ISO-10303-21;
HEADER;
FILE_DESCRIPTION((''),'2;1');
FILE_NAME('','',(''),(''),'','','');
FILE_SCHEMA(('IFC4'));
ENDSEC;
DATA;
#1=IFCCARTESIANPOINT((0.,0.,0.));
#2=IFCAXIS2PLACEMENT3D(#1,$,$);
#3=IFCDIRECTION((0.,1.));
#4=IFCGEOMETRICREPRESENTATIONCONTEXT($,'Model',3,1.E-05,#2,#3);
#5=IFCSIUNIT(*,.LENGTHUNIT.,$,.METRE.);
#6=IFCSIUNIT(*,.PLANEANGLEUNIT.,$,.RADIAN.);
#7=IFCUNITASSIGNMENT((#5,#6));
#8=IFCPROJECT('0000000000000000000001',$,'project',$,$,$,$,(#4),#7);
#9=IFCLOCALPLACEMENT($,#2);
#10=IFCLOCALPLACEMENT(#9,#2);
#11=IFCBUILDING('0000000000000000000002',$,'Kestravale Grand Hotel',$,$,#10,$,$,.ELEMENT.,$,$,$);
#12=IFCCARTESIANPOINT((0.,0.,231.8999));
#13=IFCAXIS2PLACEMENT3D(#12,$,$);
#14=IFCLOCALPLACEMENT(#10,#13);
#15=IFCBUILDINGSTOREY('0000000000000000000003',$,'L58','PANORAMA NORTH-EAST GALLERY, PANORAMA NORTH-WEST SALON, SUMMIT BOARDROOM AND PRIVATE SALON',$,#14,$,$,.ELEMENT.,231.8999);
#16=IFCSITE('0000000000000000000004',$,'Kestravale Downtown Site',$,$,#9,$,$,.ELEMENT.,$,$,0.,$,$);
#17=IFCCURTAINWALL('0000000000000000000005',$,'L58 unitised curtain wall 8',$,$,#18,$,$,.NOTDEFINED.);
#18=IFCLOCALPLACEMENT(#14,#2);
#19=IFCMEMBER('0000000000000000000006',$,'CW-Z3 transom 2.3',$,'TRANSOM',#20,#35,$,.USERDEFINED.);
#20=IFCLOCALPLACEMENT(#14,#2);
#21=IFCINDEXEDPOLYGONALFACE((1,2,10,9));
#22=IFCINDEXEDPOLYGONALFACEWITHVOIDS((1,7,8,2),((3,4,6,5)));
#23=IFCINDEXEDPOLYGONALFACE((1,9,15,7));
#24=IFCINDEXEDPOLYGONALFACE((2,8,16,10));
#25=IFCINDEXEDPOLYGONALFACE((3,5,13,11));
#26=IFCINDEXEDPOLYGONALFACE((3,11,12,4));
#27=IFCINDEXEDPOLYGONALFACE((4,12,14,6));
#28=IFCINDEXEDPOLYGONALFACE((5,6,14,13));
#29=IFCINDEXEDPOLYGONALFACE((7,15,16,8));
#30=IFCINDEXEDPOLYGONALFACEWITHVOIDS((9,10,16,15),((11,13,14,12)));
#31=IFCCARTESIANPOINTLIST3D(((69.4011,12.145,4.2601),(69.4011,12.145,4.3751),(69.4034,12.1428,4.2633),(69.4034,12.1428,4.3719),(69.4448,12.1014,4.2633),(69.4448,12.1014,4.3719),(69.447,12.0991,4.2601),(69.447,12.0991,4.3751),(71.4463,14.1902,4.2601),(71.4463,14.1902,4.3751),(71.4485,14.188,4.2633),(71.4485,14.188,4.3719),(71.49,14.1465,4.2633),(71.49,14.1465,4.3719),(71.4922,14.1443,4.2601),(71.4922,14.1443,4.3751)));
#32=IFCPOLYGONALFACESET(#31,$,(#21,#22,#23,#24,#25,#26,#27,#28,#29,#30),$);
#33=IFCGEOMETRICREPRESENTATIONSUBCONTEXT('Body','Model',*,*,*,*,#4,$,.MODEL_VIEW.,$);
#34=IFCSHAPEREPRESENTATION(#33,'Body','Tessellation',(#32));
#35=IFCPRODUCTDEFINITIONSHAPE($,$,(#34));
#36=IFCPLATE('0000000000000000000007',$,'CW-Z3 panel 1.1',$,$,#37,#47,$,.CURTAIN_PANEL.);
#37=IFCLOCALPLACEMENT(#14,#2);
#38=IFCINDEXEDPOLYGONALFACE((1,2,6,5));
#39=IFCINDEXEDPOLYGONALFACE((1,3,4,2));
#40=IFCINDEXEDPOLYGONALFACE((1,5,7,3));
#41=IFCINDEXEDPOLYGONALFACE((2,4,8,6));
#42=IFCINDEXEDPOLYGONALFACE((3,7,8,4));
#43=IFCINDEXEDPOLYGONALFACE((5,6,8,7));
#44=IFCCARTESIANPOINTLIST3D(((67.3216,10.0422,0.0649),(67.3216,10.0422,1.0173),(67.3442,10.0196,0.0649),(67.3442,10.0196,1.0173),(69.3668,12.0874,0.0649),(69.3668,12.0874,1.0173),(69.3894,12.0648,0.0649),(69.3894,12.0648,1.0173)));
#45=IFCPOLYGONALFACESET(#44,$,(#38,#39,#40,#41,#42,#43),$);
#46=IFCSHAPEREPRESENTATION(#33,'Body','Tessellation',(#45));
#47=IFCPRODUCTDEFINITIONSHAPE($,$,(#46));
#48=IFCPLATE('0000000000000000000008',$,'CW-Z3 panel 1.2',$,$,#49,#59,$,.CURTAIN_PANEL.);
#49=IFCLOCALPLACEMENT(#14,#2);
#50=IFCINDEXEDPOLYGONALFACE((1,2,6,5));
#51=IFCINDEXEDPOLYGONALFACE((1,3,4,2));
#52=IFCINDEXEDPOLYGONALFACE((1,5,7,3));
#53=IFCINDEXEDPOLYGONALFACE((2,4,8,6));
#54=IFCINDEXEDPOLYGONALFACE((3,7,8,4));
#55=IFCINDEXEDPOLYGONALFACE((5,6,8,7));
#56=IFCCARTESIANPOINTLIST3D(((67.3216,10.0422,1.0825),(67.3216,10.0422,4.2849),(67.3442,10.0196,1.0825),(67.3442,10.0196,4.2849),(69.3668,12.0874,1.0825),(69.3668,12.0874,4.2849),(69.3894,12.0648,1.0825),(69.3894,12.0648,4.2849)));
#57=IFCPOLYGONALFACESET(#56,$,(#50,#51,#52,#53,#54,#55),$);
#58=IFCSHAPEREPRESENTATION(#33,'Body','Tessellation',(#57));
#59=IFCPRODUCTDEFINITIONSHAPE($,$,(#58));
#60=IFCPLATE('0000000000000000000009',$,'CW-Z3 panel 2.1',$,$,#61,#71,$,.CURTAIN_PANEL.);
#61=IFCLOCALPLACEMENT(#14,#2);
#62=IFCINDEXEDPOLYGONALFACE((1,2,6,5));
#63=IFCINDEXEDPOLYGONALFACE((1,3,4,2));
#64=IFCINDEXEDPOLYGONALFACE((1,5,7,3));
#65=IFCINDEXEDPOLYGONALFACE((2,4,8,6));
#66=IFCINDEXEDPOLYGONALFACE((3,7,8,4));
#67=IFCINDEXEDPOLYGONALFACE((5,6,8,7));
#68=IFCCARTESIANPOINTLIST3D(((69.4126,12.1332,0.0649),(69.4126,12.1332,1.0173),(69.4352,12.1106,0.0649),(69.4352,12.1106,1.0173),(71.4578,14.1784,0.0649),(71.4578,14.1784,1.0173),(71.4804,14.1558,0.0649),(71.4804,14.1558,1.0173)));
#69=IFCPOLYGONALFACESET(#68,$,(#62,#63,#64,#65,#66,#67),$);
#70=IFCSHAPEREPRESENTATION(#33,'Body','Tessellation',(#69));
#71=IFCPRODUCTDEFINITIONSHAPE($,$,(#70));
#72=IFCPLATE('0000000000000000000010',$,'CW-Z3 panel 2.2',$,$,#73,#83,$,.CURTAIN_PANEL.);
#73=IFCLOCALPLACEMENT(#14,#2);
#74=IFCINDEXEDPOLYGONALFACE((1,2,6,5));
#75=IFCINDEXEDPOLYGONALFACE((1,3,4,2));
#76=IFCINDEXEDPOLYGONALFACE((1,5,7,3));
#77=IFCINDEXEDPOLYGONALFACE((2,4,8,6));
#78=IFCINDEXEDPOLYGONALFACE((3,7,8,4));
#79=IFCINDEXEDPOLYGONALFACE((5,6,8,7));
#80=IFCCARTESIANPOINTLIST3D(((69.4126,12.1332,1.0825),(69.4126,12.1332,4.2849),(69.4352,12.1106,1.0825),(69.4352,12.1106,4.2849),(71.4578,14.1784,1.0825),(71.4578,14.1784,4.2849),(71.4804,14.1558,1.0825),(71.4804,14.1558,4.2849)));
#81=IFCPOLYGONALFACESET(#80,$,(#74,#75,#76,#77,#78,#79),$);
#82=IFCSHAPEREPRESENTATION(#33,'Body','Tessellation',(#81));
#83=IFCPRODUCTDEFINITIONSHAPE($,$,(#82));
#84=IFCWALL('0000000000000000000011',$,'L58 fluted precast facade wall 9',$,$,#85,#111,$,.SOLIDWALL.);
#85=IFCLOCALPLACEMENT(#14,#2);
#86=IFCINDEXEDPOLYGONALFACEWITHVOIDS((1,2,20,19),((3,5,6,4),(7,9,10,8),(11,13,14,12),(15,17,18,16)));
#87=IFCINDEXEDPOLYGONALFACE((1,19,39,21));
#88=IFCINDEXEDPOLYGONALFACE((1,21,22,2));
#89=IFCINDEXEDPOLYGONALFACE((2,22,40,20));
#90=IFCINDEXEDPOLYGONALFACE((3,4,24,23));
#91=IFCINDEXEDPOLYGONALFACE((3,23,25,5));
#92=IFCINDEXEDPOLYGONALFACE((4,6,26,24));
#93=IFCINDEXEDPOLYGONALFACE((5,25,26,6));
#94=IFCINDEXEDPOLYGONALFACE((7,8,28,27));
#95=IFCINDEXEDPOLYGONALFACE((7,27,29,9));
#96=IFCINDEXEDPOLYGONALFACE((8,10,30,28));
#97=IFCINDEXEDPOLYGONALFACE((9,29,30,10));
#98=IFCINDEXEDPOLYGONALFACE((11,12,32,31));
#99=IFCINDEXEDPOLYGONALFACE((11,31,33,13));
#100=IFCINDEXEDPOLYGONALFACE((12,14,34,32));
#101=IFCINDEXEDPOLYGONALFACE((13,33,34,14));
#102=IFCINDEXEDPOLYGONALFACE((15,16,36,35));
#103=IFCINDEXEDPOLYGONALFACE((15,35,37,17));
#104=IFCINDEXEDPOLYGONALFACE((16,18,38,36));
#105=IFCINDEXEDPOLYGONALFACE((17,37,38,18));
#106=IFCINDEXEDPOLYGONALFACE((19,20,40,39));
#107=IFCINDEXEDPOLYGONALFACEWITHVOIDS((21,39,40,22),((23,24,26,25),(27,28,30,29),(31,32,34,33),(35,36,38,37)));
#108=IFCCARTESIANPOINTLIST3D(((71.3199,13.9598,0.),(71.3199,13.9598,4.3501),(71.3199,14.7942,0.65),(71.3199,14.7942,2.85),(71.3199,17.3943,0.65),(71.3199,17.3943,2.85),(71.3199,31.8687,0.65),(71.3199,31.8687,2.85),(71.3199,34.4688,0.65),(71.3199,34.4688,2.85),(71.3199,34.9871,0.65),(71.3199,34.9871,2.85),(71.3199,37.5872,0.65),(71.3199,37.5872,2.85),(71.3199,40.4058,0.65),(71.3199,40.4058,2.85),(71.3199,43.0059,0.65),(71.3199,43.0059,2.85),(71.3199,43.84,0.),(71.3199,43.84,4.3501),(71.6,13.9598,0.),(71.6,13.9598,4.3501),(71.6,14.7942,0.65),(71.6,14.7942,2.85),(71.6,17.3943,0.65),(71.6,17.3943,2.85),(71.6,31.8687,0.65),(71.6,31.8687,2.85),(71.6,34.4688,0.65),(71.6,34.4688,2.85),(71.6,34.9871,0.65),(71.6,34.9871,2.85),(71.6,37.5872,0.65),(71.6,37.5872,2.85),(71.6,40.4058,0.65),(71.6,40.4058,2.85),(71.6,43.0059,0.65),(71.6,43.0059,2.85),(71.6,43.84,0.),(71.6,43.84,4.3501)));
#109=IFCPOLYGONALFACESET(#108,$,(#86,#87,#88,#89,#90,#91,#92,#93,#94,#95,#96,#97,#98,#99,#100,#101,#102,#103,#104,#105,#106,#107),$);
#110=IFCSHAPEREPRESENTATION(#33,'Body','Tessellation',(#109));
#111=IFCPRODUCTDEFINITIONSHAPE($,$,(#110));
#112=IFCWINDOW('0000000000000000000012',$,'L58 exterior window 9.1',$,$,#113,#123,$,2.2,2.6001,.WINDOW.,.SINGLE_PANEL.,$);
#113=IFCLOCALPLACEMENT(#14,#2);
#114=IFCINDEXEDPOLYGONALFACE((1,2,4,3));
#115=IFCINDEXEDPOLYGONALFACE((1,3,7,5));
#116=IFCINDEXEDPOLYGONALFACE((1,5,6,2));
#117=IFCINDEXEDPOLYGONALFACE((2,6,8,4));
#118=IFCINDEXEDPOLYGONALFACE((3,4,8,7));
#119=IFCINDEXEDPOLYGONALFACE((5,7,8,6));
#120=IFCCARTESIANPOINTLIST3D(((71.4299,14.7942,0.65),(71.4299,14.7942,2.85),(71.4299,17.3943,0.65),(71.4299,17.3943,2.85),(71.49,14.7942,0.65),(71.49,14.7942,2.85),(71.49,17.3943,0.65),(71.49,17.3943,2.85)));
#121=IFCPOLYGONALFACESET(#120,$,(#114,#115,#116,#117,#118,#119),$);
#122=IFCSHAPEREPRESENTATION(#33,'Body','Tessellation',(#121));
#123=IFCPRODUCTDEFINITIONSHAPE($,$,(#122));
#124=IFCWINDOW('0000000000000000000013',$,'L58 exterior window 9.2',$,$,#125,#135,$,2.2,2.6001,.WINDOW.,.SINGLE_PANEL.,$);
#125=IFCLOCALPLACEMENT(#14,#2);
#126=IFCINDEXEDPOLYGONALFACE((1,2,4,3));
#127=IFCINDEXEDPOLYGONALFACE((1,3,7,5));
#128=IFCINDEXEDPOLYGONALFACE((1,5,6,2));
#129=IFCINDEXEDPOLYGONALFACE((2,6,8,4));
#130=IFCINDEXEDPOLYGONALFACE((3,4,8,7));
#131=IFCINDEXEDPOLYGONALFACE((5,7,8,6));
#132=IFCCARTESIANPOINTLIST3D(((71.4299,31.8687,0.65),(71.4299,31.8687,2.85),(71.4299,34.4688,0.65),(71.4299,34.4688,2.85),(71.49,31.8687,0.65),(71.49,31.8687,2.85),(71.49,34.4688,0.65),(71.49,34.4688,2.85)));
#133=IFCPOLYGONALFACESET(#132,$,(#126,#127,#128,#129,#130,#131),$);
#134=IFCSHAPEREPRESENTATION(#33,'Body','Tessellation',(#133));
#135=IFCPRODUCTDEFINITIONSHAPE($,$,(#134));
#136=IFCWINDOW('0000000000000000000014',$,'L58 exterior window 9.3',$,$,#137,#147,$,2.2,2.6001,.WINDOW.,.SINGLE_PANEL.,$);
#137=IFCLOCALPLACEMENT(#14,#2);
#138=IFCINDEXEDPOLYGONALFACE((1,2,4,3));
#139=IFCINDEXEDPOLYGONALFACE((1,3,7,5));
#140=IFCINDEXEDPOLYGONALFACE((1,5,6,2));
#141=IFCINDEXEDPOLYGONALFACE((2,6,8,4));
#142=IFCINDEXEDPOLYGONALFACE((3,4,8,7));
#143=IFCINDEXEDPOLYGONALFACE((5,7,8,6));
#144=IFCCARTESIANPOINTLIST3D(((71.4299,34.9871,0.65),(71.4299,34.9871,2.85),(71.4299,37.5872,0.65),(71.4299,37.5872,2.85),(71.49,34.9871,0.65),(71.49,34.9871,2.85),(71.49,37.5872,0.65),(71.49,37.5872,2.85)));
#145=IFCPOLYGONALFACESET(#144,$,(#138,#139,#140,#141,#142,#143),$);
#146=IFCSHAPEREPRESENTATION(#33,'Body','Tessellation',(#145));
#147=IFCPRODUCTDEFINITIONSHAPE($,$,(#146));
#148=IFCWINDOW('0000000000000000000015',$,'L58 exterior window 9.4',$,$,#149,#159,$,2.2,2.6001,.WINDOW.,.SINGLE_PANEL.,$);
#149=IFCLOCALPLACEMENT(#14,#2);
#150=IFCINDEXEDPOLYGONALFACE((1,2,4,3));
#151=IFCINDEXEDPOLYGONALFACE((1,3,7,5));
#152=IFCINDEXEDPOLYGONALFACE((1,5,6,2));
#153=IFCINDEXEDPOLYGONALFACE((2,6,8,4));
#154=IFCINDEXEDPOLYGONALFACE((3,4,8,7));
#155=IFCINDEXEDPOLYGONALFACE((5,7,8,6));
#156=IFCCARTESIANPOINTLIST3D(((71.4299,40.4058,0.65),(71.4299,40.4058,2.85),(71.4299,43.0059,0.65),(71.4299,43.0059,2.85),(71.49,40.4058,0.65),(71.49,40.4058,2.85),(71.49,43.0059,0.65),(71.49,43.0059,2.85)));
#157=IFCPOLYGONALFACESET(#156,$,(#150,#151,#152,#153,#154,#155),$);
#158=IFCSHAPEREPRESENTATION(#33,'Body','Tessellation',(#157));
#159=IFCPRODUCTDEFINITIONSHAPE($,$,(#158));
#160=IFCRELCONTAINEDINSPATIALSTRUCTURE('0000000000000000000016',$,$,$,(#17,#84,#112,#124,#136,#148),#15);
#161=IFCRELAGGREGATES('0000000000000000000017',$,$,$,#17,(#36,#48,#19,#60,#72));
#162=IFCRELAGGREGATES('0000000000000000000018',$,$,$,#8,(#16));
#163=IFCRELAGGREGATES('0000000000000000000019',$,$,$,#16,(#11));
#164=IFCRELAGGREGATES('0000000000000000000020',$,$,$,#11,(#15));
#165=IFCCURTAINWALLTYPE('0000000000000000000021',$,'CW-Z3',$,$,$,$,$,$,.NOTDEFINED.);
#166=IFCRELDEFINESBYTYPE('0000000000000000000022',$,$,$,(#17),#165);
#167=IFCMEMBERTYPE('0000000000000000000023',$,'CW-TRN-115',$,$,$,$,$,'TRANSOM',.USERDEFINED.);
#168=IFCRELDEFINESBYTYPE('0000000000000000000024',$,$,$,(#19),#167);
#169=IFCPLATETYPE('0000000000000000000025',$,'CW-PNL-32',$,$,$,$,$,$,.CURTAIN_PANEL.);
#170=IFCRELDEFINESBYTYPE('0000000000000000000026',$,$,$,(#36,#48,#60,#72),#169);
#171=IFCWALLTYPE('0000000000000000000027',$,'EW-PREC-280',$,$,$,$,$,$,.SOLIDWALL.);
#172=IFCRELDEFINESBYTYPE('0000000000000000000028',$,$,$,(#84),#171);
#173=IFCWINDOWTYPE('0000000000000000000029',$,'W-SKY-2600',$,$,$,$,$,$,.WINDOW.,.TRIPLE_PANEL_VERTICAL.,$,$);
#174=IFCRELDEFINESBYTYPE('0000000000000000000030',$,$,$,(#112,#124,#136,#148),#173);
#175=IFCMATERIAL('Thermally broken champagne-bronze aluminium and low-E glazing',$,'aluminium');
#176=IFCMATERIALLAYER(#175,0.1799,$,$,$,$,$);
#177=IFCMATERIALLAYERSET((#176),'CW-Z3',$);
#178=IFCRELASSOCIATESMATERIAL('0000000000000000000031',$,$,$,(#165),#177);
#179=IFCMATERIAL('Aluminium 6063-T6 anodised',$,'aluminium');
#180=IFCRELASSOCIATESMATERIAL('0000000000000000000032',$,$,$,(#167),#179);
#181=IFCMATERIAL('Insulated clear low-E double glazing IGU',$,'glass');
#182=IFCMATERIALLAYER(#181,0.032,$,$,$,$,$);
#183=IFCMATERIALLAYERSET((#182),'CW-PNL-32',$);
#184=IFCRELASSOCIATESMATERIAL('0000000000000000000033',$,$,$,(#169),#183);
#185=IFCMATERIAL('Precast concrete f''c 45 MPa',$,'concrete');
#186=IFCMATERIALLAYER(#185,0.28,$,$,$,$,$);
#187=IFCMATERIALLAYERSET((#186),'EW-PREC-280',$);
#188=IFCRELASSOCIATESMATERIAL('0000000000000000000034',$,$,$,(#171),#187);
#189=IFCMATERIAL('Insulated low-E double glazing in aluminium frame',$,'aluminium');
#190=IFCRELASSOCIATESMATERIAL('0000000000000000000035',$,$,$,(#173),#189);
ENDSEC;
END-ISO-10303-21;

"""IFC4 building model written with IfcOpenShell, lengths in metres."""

from ifc_helpers import new_model, si_unit, direction, frame, frame_2d, origin, origin_2d, place, context, subcontext, project, spatial, rectangle, hollow_rectangle, extrude, material, layer, layer_set, material_profile, profile_set, type_object, element, fill, aggregate, save


model = new_model("IFC4")

# Units and contexts
model_context = context("Model", 3, precision=1e-05, world=origin(), true_north=direction((0.0, 1.0)))
body_context = subcontext(model_context, "Body", "Model", "MODEL_VIEW")
ifc_project = project(units=[si_unit("LENGTHUNIT", "METRE"), si_unit("PLANEANGLEUNIT", "RADIAN")], contexts=[model_context])

# Site, building, storey
site_placement = place(None, origin())
site = spatial("IfcSite", under=ifc_project, at=site_placement, Name="Kestravale Downtown Site", CompositionType="ELEMENT", RefElevation=0.0)
building_placement = place(site_placement, origin())
building = spatial("IfcBuilding", under=site, at=building_placement, Name="Kestravale Grand Hotel", CompositionType="ELEMENT")
storey_placement = place(building_placement, frame((0.0, 0.0, 231.8999)))
storey = spatial("IfcBuildingStorey", under=building, at=storey_placement, Name="L58", Description="PANORAMA NORTH-EAST GALLERY, PANORAMA NORTH-WEST SALON, SUMMIT BOARDROOM AND PRIVATE SALON", CompositionType="ELEMENT", Elevation=231.8999)

# Curtain wall, member, plates
ifc_material_1 = material(Name="Thermally broken champagne-bronze aluminium and low-E glazing", Category="aluminium")
ifc_layer_1 = layer(ifc_material_1, 0.1799)
ifc_layer_set_1 = layer_set([ifc_layer_1], Name="CW-Z3")
curtain_wall_type = type_object("IfcCurtainWallType", Name="CW-Z3", PredefinedType="NOTDEFINED", material=ifc_layer_set_1)
curtain_wall_placement = place(storey_placement, origin())
curtain_wall = element("IfcCurtainWall", 1, at=curtain_wall_placement, inside=storey, type_object=curtain_wall_type, Name="L58 unitised curtain wall 8", PredefinedType="NOTDEFINED")
ifc_material_2 = material(Name="Aluminium 6063-T6 anodised", Category="aluminium")
ifc_material_profile_1 = material_profile(ifc_material_2, hollow_rectangle(XDim=0.0649, YDim=0.115, WallThickness=0.0032, at=origin_2d()))
ifc_profile_set_1 = profile_set([ifc_material_profile_1], Name="Aluminium 6063-T6 anodised")
member_type_1 = type_object("IfcMemberType", Name="CW-TRN-115", ElementType="TRANSOM", PredefinedType="USERDEFINED", material=ifc_profile_set_1)
member_1_placement = place(storey_placement, frame((69.4241, 12.1221, 4.3176), z_axis=(0.707107, 0.707107, 0.0), x_axis=(-0.707107, 0.707107, 0.0)))
member_1 = element("IfcMember", 2, at=member_1_placement, type_object=member_type_1, Name="CW-Z3 transom 2.3", ObjectType="TRANSOM", PredefinedType="USERDEFINED", context=body_context, shape_type="SweptSolid", body=[
    extrude(hollow_rectangle(XDim=0.0649, YDim=0.115, WallThickness=0.0032, at=origin_2d()), origin(), (0.0, 0.0, 1.0), 2.8923),
])
ifc_material_3 = material(Name="Insulated clear low-E double glazing IGU", Category="glass")
ifc_layer_2 = layer(ifc_material_3, 0.032)
ifc_layer_set_2 = layer_set([ifc_layer_2], Name="CW-PNL-32")
plate_type = type_object("IfcPlateType", Name="CW-PNL-32", PredefinedType="CURTAIN_PANEL", material=ifc_layer_set_2)
plate_1_placement = place(storey_placement, frame((68.3555, 11.0535, 0.0649), z_axis=(0.0, 0.0, 1.0), x_axis=(0.707107, 0.707107, 0.0)))
plate_1 = element("IfcPlate", 3, at=plate_1_placement, type_object=plate_type, Name="CW-Z3 panel 1.1", PredefinedType="CURTAIN_PANEL", context=body_context, shape_type="SweptSolid", body=[
    extrude(rectangle(XDim=2.8923, YDim=0.032, at=origin_2d()), origin(), (0.0, 0.0, 1.0), 0.9524),
])
plate_2_placement = place(storey_placement, frame((68.3555, 11.0535, 1.0825), z_axis=(0.0, 0.0, 1.0), x_axis=(0.707107, 0.707107, 0.0)))
plate_2 = element("IfcPlate", 4, at=plate_2_placement, type_object=plate_type, Name="CW-Z3 panel 1.2", PredefinedType="CURTAIN_PANEL", context=body_context, shape_type="SweptSolid", body=[
    extrude(rectangle(XDim=2.8923, YDim=0.032, at=origin_2d()), origin(), (0.0, 0.0, 1.0), 3.2024),
])
plate_3_placement = place(storey_placement, frame((70.4465, 13.1445, 0.0649), z_axis=(0.0, 0.0, 1.0), x_axis=(0.707107, 0.707107, 0.0)))
plate_3 = element("IfcPlate", 5, at=plate_3_placement, type_object=plate_type, Name="CW-Z3 panel 2.1", PredefinedType="CURTAIN_PANEL", context=body_context, shape_type="SweptSolid", body=[
    extrude(rectangle(XDim=2.8923, YDim=0.032, at=origin_2d()), origin(), (0.0, 0.0, 1.0), 0.9524),
])
plate_4_placement = place(storey_placement, frame((70.4465, 13.1445, 1.0825), z_axis=(0.0, 0.0, 1.0), x_axis=(0.707107, 0.707107, 0.0)))
plate_4 = element("IfcPlate", 6, at=plate_4_placement, type_object=plate_type, Name="CW-Z3 panel 2.2", PredefinedType="CURTAIN_PANEL", context=body_context, shape_type="SweptSolid", body=[
    extrude(rectangle(XDim=2.8923, YDim=0.032, at=origin_2d()), origin(), (0.0, 0.0, 1.0), 3.2024),
])
aggregate(curtain_wall, [plate_1, plate_2, member_1, plate_3, plate_4])

# Wall, openings, windows
ifc_material_4 = material(Name="Precast concrete f'c 45 MPa", Category="concrete")
ifc_layer_3 = layer(ifc_material_4, 0.28)
ifc_layer_set_3 = layer_set([ifc_layer_3], Name="EW-PREC-280")
wall_type = type_object("IfcWallType", Name="EW-PREC-280", PredefinedType="SOLIDWALL", material=ifc_layer_set_3)
wall_placement = place(storey_placement, frame((71.46, 13.96, 0.0), z_axis=(0.0, 0.0, 1.0), x_axis=(0.0, 1.0, 0.0)))
wall = element("IfcWall", 7, at=wall_placement, inside=storey, type_object=wall_type, Name="L58 fluted precast facade wall 9", PredefinedType="SOLIDWALL", context=body_context, shape_type="SweptSolid", body=[
    extrude(rectangle(XDim=29.8801, YDim=0.28, at=frame_2d((14.9399, 0.0))), origin(), (0.0, 0.0, 1.0), 4.3501),
])
opening_1_placement = place(wall_placement, frame((0.8342, 0.0, 0.6499)))
opening_1 = element("IfcOpeningElement", 8, at=opening_1_placement, cuts=wall, PredefinedType="OPENING", context=body_context, shape_type="SweptSolid", body=[
    extrude(rectangle(XDim=2.6001, YDim=2.2, at=frame_2d((1.3, 1.1001))), frame((0.0, 0.1499, 0.0), z_axis=(0.0, -1.0, 0.0), x_axis=(1.0, 0.0, 0.0)), (0.0, 0.0, 1.0), 0.3),
])
opening_2_placement = place(wall_placement, frame((17.9087, 0.0, 0.6499)))
opening_2 = element("IfcOpeningElement", 9, at=opening_2_placement, cuts=wall, PredefinedType="OPENING", context=body_context, shape_type="SweptSolid", body=[
    extrude(rectangle(XDim=2.6001, YDim=2.2, at=frame_2d((1.3, 1.1001))), frame((0.0, 0.1499, 0.0), z_axis=(0.0, -1.0, 0.0), x_axis=(1.0, 0.0, 0.0)), (0.0, 0.0, 1.0), 0.3),
])
opening_3_placement = place(wall_placement, frame((21.0271, 0.0, 0.6499)))
opening_3 = element("IfcOpeningElement", 10, at=opening_3_placement, cuts=wall, PredefinedType="OPENING", context=body_context, shape_type="SweptSolid", body=[
    extrude(rectangle(XDim=2.6001, YDim=2.2, at=frame_2d((1.3, 1.1001))), frame((0.0, 0.1499, 0.0), z_axis=(0.0, -1.0, 0.0), x_axis=(1.0, 0.0, 0.0)), (0.0, 0.0, 1.0), 0.3),
])
opening_4_placement = place(wall_placement, frame((26.4458, 0.0, 0.6499)))
opening_4 = element("IfcOpeningElement", 11, at=opening_4_placement, cuts=wall, PredefinedType="OPENING", context=body_context, shape_type="SweptSolid", body=[
    extrude(rectangle(XDim=2.6001, YDim=2.2, at=frame_2d((1.3, 1.1001))), frame((0.0, 0.1499, 0.0), z_axis=(0.0, -1.0, 0.0), x_axis=(1.0, 0.0, 0.0)), (0.0, 0.0, 1.0), 0.3),
])
ifc_material_5 = material(Name="Insulated low-E double glazing in aluminium frame", Category="aluminium")
window_type = type_object("IfcWindowType", Name="W-SKY-2600", PartitioningType="TRIPLE_PANEL_VERTICAL", PredefinedType="WINDOW", material=ifc_material_5)
window_1_placement = place(opening_1_placement, origin())
window_1 = element("IfcWindow", 12, at=window_1_placement, inside=storey, type_object=window_type, Name="L58 exterior window 9.1", OverallHeight=2.2, OverallWidth=2.6001, PartitioningType="SINGLE_PANEL", PredefinedType="WINDOW", context=body_context, shape_type="SweptSolid", body=[
    extrude(rectangle(XDim=2.6001, YDim=2.2, at=frame_2d((1.3, 1.1001))), frame((0.0, 0.03, 0.0), z_axis=(0.0, -1.0, 0.0), x_axis=(1.0, 0.0, 0.0)), (0.0, 0.0, 1.0), 0.0601),
])
fill(opening_1, window_1)
window_2_placement = place(opening_2_placement, origin())
window_2 = element("IfcWindow", 13, at=window_2_placement, inside=storey, type_object=window_type, Name="L58 exterior window 9.2", OverallHeight=2.2, OverallWidth=2.6001, PartitioningType="SINGLE_PANEL", PredefinedType="WINDOW", context=body_context, shape_type="SweptSolid", body=[
    extrude(rectangle(XDim=2.6001, YDim=2.2, at=frame_2d((1.3, 1.1001))), frame((0.0, 0.03, 0.0), z_axis=(0.0, -1.0, 0.0), x_axis=(1.0, 0.0, 0.0)), (0.0, 0.0, 1.0), 0.0601),
])
fill(opening_2, window_2)
window_3_placement = place(opening_3_placement, origin())
window_3 = element("IfcWindow", 14, at=window_3_placement, inside=storey, type_object=window_type, Name="L58 exterior window 9.3", OverallHeight=2.2, OverallWidth=2.6001, PartitioningType="SINGLE_PANEL", PredefinedType="WINDOW", context=body_context, shape_type="SweptSolid", body=[
    extrude(rectangle(XDim=2.6001, YDim=2.2, at=frame_2d((1.3, 1.1001))), frame((0.0, 0.03, 0.0), z_axis=(0.0, -1.0, 0.0), x_axis=(1.0, 0.0, 0.0)), (0.0, 0.0, 1.0), 0.0601),
])
fill(opening_3, window_3)
window_4_placement = place(opening_4_placement, origin())
window_4 = element("IfcWindow", 15, at=window_4_placement, inside=storey, type_object=window_type, Name="L58 exterior window 9.4", OverallHeight=2.2, OverallWidth=2.6001, PartitioningType="SINGLE_PANEL", PredefinedType="WINDOW", context=body_context, shape_type="SweptSolid", body=[
    extrude(rectangle(XDim=2.6001, YDim=2.2, at=frame_2d((1.3, 1.1001))), frame((0.0, 0.03, 0.0), z_axis=(0.0, -1.0, 0.0), x_axis=(1.0, 0.0, 0.0)), (0.0, 0.0, 1.0), 0.0601),
])
fill(opening_4, window_4)

save(model, "model.ifc")
